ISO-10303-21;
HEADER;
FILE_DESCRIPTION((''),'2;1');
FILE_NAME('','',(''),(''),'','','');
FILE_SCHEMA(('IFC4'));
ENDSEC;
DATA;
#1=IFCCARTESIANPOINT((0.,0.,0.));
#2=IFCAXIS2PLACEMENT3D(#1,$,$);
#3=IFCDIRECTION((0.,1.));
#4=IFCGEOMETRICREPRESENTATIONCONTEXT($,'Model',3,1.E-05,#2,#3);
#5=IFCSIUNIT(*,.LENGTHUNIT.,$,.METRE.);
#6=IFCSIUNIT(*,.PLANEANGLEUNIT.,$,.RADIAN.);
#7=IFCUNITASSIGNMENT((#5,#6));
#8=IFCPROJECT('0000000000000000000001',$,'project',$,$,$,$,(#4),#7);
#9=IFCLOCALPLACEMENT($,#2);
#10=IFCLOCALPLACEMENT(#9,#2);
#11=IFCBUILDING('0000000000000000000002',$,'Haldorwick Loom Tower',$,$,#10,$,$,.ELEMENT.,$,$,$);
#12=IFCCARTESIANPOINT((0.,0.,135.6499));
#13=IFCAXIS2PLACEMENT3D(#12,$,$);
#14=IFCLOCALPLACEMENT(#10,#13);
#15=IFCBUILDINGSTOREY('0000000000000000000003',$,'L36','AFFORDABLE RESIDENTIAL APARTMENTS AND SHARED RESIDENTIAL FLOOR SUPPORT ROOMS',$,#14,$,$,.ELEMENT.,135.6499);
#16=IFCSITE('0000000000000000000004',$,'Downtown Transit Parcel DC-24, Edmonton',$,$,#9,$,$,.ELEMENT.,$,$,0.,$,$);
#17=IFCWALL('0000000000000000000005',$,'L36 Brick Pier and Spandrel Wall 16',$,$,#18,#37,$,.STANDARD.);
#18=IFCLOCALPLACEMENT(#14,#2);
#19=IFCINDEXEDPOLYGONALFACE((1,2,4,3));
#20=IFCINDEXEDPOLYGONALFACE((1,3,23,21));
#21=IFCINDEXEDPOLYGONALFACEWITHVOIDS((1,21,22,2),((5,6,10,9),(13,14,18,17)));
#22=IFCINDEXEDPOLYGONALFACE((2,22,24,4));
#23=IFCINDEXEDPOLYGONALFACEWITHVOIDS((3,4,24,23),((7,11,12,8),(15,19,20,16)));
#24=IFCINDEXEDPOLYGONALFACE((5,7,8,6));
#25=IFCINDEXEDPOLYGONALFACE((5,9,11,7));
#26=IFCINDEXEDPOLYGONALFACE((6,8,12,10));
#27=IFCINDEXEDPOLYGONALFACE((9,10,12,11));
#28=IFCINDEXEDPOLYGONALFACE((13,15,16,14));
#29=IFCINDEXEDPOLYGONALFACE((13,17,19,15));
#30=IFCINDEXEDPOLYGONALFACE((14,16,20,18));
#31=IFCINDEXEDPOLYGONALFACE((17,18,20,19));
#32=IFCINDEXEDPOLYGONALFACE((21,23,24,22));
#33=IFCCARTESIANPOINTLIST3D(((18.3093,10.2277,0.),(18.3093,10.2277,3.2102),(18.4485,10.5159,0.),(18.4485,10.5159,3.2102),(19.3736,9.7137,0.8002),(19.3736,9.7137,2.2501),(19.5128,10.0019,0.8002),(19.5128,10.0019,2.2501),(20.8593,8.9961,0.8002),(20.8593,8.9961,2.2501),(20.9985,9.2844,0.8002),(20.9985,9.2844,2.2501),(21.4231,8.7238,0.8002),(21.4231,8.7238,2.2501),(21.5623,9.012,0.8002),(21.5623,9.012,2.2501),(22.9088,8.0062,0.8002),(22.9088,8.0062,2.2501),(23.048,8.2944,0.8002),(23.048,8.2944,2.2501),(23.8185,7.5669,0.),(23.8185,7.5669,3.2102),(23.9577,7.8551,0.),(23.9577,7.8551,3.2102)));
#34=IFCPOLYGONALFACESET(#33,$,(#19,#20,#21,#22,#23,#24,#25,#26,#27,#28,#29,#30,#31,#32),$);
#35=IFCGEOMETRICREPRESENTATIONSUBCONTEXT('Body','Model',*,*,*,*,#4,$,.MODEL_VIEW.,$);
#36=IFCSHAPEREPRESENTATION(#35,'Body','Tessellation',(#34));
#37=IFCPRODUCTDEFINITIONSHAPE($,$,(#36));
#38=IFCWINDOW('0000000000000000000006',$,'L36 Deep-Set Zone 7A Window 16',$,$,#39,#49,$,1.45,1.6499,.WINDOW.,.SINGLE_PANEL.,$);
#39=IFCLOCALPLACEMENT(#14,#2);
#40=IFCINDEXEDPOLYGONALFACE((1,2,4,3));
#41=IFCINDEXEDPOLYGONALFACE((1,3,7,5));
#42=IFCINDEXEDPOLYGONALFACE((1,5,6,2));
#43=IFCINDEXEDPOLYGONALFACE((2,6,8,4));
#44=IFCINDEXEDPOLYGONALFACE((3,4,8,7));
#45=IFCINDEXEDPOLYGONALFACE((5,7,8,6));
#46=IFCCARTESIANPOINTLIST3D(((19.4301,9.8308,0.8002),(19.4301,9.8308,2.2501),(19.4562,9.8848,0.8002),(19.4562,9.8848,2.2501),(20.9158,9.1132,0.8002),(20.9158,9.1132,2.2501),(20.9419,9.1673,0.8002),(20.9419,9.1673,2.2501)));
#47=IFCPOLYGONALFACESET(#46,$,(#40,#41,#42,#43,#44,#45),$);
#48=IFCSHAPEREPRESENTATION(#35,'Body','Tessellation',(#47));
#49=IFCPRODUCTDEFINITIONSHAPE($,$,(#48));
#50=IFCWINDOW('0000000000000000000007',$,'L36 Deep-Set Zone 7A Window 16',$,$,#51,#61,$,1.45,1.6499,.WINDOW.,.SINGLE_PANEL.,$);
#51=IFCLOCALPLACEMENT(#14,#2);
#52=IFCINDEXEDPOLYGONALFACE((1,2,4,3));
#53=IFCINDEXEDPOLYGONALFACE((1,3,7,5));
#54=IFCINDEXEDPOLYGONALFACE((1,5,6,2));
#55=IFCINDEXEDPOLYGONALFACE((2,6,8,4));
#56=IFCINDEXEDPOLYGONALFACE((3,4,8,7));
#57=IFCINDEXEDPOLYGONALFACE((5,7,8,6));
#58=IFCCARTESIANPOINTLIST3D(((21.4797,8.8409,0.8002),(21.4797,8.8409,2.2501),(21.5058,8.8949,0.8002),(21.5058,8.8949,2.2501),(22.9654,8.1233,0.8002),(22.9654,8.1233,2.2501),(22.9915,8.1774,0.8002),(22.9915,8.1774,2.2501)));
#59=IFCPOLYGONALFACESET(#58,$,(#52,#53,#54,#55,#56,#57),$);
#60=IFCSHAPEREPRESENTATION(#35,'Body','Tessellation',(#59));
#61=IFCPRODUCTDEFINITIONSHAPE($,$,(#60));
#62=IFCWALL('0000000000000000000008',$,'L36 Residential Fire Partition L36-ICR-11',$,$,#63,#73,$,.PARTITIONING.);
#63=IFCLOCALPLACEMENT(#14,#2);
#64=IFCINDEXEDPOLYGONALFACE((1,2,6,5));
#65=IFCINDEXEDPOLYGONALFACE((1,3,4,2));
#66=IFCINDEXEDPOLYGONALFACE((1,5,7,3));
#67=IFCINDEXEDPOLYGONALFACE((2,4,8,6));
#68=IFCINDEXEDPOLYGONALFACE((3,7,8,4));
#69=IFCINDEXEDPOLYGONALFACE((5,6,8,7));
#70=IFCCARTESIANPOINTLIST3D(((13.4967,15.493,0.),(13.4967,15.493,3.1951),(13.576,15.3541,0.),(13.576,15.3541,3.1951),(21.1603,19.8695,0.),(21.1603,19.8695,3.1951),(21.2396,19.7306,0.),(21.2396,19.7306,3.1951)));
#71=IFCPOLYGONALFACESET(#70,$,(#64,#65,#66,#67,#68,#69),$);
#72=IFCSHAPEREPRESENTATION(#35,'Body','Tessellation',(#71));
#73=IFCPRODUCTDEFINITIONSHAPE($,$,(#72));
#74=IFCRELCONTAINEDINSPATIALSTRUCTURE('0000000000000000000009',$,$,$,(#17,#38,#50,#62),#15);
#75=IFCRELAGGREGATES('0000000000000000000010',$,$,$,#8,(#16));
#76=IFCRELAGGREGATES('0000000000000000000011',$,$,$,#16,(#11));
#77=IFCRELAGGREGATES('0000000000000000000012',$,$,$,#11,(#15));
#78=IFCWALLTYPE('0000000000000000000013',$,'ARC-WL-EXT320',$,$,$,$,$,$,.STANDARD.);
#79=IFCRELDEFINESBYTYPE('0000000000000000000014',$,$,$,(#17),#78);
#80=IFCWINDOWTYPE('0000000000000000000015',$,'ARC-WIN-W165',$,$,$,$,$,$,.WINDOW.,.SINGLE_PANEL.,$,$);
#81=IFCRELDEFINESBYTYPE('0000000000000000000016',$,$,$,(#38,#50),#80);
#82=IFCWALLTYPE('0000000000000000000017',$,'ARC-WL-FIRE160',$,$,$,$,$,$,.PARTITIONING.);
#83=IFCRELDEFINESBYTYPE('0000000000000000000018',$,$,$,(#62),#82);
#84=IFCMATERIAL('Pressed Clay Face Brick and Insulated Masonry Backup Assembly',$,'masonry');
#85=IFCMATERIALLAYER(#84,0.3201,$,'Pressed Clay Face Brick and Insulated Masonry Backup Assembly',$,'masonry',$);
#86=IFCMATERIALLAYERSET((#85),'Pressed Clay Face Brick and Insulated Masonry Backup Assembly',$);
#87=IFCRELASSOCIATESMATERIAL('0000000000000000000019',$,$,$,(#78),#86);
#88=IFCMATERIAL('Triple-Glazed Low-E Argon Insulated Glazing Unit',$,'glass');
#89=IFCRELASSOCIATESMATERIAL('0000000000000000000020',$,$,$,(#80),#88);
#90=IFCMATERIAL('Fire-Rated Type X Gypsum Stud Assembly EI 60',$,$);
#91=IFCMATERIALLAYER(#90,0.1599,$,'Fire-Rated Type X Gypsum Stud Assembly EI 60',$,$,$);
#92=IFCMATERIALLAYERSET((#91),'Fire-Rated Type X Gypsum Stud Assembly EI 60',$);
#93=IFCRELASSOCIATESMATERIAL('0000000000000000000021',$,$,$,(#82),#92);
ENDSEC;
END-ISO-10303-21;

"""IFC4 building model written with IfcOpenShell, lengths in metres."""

from ifc_helpers import new_model, si_unit, direction, frame, frame_2d, origin, place, context, subcontext, project, spatial, rectangle, extrude, material, layer, layer_set, type_object, element, fill, save


model = new_model("IFC4")

# Units and contexts
model_context = context("Model", 3, precision=1e-05, world=origin(), true_north=direction((0.0, 1.0)))
body_context = subcontext(model_context, "Body", "Model", "MODEL_VIEW")
ifc_project = project(units=[si_unit("LENGTHUNIT", "METRE"), si_unit("PLANEANGLEUNIT", "RADIAN")], contexts=[model_context])

# Site, building, storey
site_placement = place(None, origin())
site = spatial("IfcSite", under=ifc_project, at=site_placement, Name="Downtown Transit Parcel DC-24, Edmonton", CompositionType="ELEMENT", RefElevation=0.0)
building_placement = place(site_placement, origin())
building = spatial("IfcBuilding", under=site, at=building_placement, Name="Haldorwick Loom Tower", CompositionType="ELEMENT")
storey_placement = place(building_placement, frame((0.0, 0.0, 135.6499)))
storey = spatial("IfcBuildingStorey", under=building, at=storey_placement, Name="L36", Description="AFFORDABLE RESIDENTIAL APARTMENTS AND SHARED RESIDENTIAL FLOOR SUPPORT ROOMS", CompositionType="ELEMENT", Elevation=135.6499)

# Shared definitions
ifc_material_1 = material(Name="Pressed Clay Face Brick and Insulated Masonry Backup Assembly", Category="masonry")
ifc_layer_1 = layer(ifc_material_1, 0.3201, Name="Pressed Clay Face Brick and Insulated Masonry Backup Assembly", Category="masonry")
ifc_layer_set_1 = layer_set([ifc_layer_1], Name="Pressed Clay Face Brick and Insulated Masonry Backup Assembly")
wall_type_1 = type_object("IfcWallType", Name="ARC-WL-EXT320", PredefinedType="STANDARD", material=ifc_layer_set_1)

# Wall, openings, windows
wall_1_placement = place(storey_placement, frame((18.3789, 10.3718, 0.0), z_axis=(0.0, 0.0, 1.0), x_axis=(0.900472, -0.434913, 0.0)))
wall_1 = element("IfcWall", 1, at=wall_1_placement, inside=storey, type_object=wall_type_1, Name="L36 Brick Pier and Spandrel Wall 16", PredefinedType="STANDARD", context=body_context, shape_type="SweptSolid", body=[
    extrude(rectangle(XDim=6.1182, YDim=0.3201, at=frame_2d((3.0591, 0.0))), origin(), (0.0, 0.0, 1.0), 3.2102),
])
opening_1_placement = place(wall_1_placement, frame((1.1819, 0.0, 0.8)))
opening_1 = element("IfcOpeningElement", 2, at=opening_1_placement, cuts=wall_1, PredefinedType="OPENING", context=body_context, shape_type="SweptSolid", body=[
    extrude(rectangle(XDim=1.6499, YDim=1.45, at=frame_2d((0.825, 0.7251))), frame((0.0, 0.1699, 0.0), z_axis=(0.0, -1.0, 0.0), x_axis=(1.0, 0.0, 0.0)), (0.0, 0.0, 1.0), 0.3401),
])
opening_2_placement = place(wall_1_placement, frame((3.458, 0.0, 0.8)))
opening_2 = element("IfcOpeningElement", 3, at=opening_2_placement, cuts=wall_1, PredefinedType="OPENING", context=body_context, shape_type="SweptSolid", body=[
    extrude(rectangle(XDim=1.6499, YDim=1.45, at=frame_2d((0.825, 0.7251))), frame((0.0, 0.1699, 0.0), z_axis=(0.0, -1.0, 0.0), x_axis=(1.0, 0.0, 0.0)), (0.0, 0.0, 1.0), 0.3401),
])
ifc_material_2 = material(Name="Triple-Glazed Low-E Argon Insulated Glazing Unit", Category="glass")
window_type = type_object("IfcWindowType", Name="ARC-WIN-W165", PartitioningType="SINGLE_PANEL", PredefinedType="WINDOW", material=ifc_material_2)
window_1_placement = place(opening_1_placement, origin())
window_1 = element("IfcWindow", 4, at=window_1_placement, inside=storey, type_object=window_type, Name="L36 Deep-Set Zone 7A Window 16", OverallHeight=1.45, OverallWidth=1.6499, PartitioningType="SINGLE_PANEL", PredefinedType="WINDOW", context=body_context, shape_type="SweptSolid", body=[
    extrude(rectangle(XDim=1.6499, YDim=1.45, at=frame_2d((0.825, 0.7251))), frame((0.0, 0.03, 0.0), z_axis=(0.0, -1.0, 0.0), x_axis=(1.0, 0.0, 0.0)), (0.0, 0.0, 1.0), 0.0601),
])
fill(opening_1, window_1)
window_2_placement = place(opening_2_placement, origin())
window_2 = element("IfcWindow", 5, at=window_2_placement, inside=storey, type_object=window_type, Name="L36 Deep-Set Zone 7A Window 16", OverallHeight=1.45, OverallWidth=1.6499, PartitioningType="SINGLE_PANEL", PredefinedType="WINDOW", context=body_context, shape_type="SweptSolid", body=[
    extrude(rectangle(XDim=1.6499, YDim=1.45, at=frame_2d((0.825, 0.7251))), frame((0.0, 0.03, 0.0), z_axis=(0.0, -1.0, 0.0), x_axis=(1.0, 0.0, 0.0)), (0.0, 0.0, 1.0), 0.0601),
])
fill(opening_2, window_2)

# Wall
ifc_material_3 = material(Name="Fire-Rated Type X Gypsum Stud Assembly EI 60")
ifc_layer_2 = layer(ifc_material_3, 0.1599, Name="Fire-Rated Type X Gypsum Stud Assembly EI 60")
ifc_layer_set_2 = layer_set([ifc_layer_2], Name="Fire-Rated Type X Gypsum Stud Assembly EI 60")
wall_type_2 = type_object("IfcWallType", Name="ARC-WL-FIRE160", PredefinedType="PARTITIONING", material=ifc_layer_set_2)
wall_2_placement = place(storey_placement, frame((21.2, 19.8, 0.0), z_axis=(0.0, 0.0, 1.0), x_axis=(-0.868376, -0.495907, 0.0)))
element("IfcWall", 6, at=wall_2_placement, inside=storey, type_object=wall_type_2, Name="L36 Residential Fire Partition L36-ICR-11", PredefinedType="PARTITIONING", context=body_context, shape_type="SweptSolid", body=[
    extrude(rectangle(XDim=8.8252, YDim=0.1599, at=frame_2d((4.4126, 0.0))), origin(), (0.0, 0.0, 1.0), 3.1951),
])

save(model, "model.ifc")
